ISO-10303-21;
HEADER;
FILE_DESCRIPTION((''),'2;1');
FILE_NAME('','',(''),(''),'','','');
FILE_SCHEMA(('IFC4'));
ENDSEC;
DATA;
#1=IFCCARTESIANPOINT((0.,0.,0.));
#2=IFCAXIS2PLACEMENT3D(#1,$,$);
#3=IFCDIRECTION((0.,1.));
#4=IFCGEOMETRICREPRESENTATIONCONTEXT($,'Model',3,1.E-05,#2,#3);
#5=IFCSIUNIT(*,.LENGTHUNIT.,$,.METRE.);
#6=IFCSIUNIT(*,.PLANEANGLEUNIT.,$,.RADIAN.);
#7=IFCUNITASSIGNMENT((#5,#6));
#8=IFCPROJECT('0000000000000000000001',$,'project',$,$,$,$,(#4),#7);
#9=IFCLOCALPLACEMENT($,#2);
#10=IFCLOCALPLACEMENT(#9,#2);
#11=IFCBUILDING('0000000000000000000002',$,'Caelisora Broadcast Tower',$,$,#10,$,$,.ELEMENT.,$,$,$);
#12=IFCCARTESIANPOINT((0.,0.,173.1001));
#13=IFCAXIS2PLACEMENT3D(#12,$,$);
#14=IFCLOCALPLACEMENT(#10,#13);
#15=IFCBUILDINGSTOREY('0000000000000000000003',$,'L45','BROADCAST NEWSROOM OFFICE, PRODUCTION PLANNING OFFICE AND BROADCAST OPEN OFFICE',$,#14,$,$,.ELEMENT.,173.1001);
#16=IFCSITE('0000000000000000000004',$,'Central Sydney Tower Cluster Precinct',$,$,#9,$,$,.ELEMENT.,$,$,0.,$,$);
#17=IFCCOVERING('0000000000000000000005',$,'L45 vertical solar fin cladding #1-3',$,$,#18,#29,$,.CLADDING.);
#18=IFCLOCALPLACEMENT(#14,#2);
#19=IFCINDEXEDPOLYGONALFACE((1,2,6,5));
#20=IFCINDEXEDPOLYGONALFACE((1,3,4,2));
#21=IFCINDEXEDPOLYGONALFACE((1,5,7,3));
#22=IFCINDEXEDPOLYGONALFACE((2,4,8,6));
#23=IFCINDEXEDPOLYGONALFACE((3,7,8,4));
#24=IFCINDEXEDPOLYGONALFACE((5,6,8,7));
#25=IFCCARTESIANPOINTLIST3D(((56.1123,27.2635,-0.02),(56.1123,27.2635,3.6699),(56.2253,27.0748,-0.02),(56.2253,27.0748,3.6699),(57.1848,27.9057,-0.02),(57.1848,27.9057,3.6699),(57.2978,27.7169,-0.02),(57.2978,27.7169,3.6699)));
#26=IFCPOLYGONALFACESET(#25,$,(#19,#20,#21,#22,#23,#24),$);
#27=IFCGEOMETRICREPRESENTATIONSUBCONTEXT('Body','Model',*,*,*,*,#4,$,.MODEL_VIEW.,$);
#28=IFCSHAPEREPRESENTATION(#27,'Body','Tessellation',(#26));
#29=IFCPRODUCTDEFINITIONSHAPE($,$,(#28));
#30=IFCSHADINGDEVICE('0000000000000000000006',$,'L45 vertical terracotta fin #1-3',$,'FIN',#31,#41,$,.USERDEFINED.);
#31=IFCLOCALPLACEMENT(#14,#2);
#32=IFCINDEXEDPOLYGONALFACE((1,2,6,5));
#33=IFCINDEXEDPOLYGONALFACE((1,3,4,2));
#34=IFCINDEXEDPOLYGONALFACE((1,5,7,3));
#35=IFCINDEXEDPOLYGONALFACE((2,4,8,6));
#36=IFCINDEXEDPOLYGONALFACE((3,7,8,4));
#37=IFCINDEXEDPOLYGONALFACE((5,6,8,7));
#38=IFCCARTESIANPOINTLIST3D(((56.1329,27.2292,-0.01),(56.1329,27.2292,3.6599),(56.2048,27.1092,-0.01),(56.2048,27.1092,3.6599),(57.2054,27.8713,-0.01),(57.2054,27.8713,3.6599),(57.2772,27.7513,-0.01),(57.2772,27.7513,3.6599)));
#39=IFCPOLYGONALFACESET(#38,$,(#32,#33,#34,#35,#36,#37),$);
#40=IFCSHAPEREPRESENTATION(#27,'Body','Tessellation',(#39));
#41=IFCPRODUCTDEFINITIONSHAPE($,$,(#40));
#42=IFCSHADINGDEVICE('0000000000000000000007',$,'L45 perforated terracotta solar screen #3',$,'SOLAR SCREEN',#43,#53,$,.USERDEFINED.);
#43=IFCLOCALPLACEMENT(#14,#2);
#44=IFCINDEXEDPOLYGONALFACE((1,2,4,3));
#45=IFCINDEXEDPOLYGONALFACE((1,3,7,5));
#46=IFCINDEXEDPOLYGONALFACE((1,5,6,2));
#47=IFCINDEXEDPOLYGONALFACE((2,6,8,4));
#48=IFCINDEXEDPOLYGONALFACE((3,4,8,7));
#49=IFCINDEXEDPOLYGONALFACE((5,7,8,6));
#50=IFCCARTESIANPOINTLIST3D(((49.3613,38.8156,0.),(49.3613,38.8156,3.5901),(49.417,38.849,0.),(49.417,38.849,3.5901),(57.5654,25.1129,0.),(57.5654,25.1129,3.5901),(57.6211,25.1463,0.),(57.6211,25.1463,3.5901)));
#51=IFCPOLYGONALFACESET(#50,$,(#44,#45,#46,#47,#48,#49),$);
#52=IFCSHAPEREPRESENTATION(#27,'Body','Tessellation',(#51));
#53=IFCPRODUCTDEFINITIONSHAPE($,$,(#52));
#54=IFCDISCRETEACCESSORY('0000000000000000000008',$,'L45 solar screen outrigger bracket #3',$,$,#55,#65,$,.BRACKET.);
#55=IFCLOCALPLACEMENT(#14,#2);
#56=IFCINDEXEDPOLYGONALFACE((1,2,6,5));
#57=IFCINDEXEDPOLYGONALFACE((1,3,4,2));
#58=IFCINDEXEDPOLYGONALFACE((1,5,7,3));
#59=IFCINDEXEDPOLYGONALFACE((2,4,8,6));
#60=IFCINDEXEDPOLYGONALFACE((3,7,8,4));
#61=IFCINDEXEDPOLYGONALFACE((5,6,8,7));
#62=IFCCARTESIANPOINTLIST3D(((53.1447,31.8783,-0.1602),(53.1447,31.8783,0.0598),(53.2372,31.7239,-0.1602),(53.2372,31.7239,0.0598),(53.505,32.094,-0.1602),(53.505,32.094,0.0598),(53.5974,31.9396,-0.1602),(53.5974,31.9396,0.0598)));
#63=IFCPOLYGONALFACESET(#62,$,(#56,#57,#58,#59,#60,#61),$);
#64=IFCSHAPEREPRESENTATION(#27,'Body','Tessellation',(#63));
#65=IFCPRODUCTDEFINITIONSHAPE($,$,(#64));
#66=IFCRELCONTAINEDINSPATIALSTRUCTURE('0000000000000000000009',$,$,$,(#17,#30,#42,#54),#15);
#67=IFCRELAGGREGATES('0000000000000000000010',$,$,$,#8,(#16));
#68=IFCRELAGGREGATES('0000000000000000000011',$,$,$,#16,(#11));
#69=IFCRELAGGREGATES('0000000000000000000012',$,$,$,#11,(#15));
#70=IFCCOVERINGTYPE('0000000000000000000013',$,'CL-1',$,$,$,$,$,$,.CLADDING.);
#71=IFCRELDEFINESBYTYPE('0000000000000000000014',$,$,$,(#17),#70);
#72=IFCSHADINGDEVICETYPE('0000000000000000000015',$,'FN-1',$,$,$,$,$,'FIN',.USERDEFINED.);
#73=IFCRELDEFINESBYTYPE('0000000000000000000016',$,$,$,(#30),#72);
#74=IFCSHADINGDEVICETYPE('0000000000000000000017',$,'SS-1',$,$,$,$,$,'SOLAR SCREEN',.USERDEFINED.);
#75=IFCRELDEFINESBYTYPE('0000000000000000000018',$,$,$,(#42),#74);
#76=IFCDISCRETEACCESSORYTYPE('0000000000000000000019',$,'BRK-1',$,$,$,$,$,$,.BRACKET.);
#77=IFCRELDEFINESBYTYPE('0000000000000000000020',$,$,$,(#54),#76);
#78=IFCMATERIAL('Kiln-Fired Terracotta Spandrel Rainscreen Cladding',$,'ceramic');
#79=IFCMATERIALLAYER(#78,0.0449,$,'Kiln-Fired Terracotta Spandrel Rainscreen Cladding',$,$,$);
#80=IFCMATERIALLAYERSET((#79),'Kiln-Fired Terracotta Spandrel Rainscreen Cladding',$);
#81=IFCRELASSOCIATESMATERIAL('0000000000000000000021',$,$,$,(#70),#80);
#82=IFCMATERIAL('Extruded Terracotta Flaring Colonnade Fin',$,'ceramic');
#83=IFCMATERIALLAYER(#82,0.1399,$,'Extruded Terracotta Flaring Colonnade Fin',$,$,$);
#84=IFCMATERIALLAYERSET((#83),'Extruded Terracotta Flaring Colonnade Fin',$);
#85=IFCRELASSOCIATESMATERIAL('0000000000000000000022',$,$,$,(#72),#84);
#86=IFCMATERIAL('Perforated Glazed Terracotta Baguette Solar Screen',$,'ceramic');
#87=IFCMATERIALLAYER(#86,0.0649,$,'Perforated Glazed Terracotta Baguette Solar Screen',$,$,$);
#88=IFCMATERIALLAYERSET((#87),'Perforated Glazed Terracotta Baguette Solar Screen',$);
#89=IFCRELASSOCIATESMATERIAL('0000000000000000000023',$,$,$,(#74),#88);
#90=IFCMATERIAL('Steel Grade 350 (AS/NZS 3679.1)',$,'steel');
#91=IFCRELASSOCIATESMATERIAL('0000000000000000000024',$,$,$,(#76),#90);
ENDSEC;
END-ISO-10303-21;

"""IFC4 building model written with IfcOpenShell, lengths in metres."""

from ifc_helpers import new_model, si_unit, direction, frame, origin, origin_2d, place, context, subcontext, project, spatial, rectangle, extrude, source, transform, mapped, material, layer, layer_set, type_object, type_shapes, element, save


model = new_model("IFC4")

# Units and contexts
model_context = context("Model", 3, precision=1e-05, world=origin(), true_north=direction((0.0, 1.0)))
body_context = subcontext(model_context, "Body", "Model", "MODEL_VIEW")
ifc_project = project(units=[si_unit("LENGTHUNIT", "METRE"), si_unit("PLANEANGLEUNIT", "RADIAN")], contexts=[model_context])

# Site, building, storey
site_placement = place(None, origin())
site = spatial("IfcSite", under=ifc_project, at=site_placement, Name="Central Sydney Tower Cluster Precinct", CompositionType="ELEMENT", RefElevation=0.0)
building_placement = place(site_placement, origin())
building = spatial("IfcBuilding", under=site, at=building_placement, Name="Caelisora Broadcast Tower", CompositionType="ELEMENT")
storey_placement = place(building_placement, frame((0.0, 0.0, 173.1001)))
storey = spatial("IfcBuildingStorey", under=building, at=storey_placement, Name="L45", Description="BROADCAST NEWSROOM OFFICE, PRODUCTION PLANNING OFFICE AND BROADCAST OPEN OFFICE", CompositionType="ELEMENT", Elevation=173.1001)

# Shared definitions
ifc_material_1 = material(Name="Steel Grade 350 (AS/NZS 3679.1)", Category="steel")

# Covering
ifc_material_2 = material(Name="Kiln-Fired Terracotta Spandrel Rainscreen Cladding", Category="ceramic")
ifc_layer_1 = layer(ifc_material_2, 0.0449, Name="Kiln-Fired Terracotta Spandrel Rainscreen Cladding")
ifc_layer_set_1 = layer_set([ifc_layer_1], Name="Kiln-Fired Terracotta Spandrel Rainscreen Cladding")
covering_type = type_object("IfcCoveringType", Name="CL-1", PredefinedType="CLADDING", material=ifc_layer_set_1)
shared_shape_1 = source(origin(), body_context, "Body", "SweptSolid", [
    extrude(rectangle(XDim=0.22, YDim=1.25, at=origin_2d()), origin(), (0.0, 0.0, 1.0), 3.6899),
])
type_shapes(covering_type, [shared_shape_1])
covering_placement = place(storey_placement, frame((56.7051, 27.4902, -0.02), z_axis=(0.0, 0.0, 1.0), x_axis=(0.513691, -0.857975, 0.0)))
element("IfcCovering", 1, at=covering_placement, inside=storey, type_object=covering_type, Name="L45 vertical solar fin cladding #1-3", PredefinedType="CLADDING", context=body_context, shape_type="MappedRepresentation", body=[
    mapped(shared_shape_1, transform((0.0, 0.0, 0.0), scale=1.0)),
])

# Shading devices
ifc_material_3 = material(Name="Extruded Terracotta Flaring Colonnade Fin", Category="ceramic")
ifc_layer_2 = layer(ifc_material_3, 0.1399, Name="Extruded Terracotta Flaring Colonnade Fin")
ifc_layer_set_2 = layer_set([ifc_layer_2], Name="Extruded Terracotta Flaring Colonnade Fin")
shading_device_type_1 = type_object("IfcShadingDeviceType", Name="FN-1", ElementType="FIN", PredefinedType="USERDEFINED", material=ifc_layer_set_2)
shared_shape_2 = source(origin(), body_context, "Body", "SweptSolid", [
    extrude(rectangle(XDim=0.1399, YDim=1.25, at=origin_2d()), origin(), (0.0, 0.0, 1.0), 3.6699),
])
type_shapes(shading_device_type_1, [shared_shape_2])
shading_device_1_placement = place(storey_placement, frame((56.7051, 27.4902, -0.01), z_axis=(0.0, 0.0, 1.0), x_axis=(0.513691, -0.857975, 0.0)))
element("IfcShadingDevice", 2, at=shading_device_1_placement, inside=storey, type_object=shading_device_type_1, Name="L45 vertical terracotta fin #1-3", ObjectType="FIN", PredefinedType="USERDEFINED", context=body_context, shape_type="MappedRepresentation", body=[
    mapped(shared_shape_2, transform((0.0, 0.0, 0.0), scale=1.0)),
])
ifc_material_4 = material(Name="Perforated Glazed Terracotta Baguette Solar Screen", Category="ceramic")
ifc_layer_3 = layer(ifc_material_4, 0.0649, Name="Perforated Glazed Terracotta Baguette Solar Screen")
ifc_layer_set_3 = layer_set([ifc_layer_3], Name="Perforated Glazed Terracotta Baguette Solar Screen")
shading_device_type_2 = type_object("IfcShadingDeviceType", Name="SS-1", ElementType="SOLAR SCREEN", PredefinedType="USERDEFINED", material=ifc_layer_set_3)
shared_shape_3 = source(origin(), body_context, "Body", "SweptSolid", [
    extrude(rectangle(XDim=15.9709, YDim=0.0649, at=origin_2d()), origin(), (0.0, 0.0, 1.0), 3.5901),
])
type_shapes(shading_device_type_2, [shared_shape_3])
shading_device_2_placement = place(storey_placement, frame((53.4912, 31.981, 0.0), z_axis=(0.0, 0.0, 1.0), x_axis=(-0.513691, 0.857975, 0.0)))
element("IfcShadingDevice", 3, at=shading_device_2_placement, inside=storey, type_object=shading_device_type_2, Name="L45 perforated terracotta solar screen #3", ObjectType="SOLAR SCREEN", PredefinedType="USERDEFINED", context=body_context, shape_type="MappedRepresentation", body=[
    mapped(shared_shape_3, transform((0.0, 0.0, 0.0), scale=1.0)),
])

# Discrete accessory
discrete_accessory_type = type_object("IfcDiscreteAccessoryType", Name="BRK-1", PredefinedType="BRACKET", material=ifc_material_1)
shared_shape_4 = source(origin(), body_context, "Body", "SweptSolid", [
    extrude(rectangle(XDim=0.1799, YDim=0.4199, at=origin_2d()), origin(), (0.0, 0.0, 1.0), 0.22),
])
type_shapes(discrete_accessory_type, [shared_shape_4])
discrete_accessory_placement = place(storey_placement, frame((53.3711, 31.9089, -0.1602), z_axis=(0.0, 0.0, 1.0), x_axis=(-0.513691, 0.857975, 0.0)))
element("IfcDiscreteAccessory", 4, at=discrete_accessory_placement, inside=storey, type_object=discrete_accessory_type, Name="L45 solar screen outrigger bracket #3", PredefinedType="BRACKET", context=body_context, shape_type="MappedRepresentation", body=[
    mapped(shared_shape_4, transform((0.0, 0.0, 0.0), scale=1.0)),
])

save(model, "model.ifc")
